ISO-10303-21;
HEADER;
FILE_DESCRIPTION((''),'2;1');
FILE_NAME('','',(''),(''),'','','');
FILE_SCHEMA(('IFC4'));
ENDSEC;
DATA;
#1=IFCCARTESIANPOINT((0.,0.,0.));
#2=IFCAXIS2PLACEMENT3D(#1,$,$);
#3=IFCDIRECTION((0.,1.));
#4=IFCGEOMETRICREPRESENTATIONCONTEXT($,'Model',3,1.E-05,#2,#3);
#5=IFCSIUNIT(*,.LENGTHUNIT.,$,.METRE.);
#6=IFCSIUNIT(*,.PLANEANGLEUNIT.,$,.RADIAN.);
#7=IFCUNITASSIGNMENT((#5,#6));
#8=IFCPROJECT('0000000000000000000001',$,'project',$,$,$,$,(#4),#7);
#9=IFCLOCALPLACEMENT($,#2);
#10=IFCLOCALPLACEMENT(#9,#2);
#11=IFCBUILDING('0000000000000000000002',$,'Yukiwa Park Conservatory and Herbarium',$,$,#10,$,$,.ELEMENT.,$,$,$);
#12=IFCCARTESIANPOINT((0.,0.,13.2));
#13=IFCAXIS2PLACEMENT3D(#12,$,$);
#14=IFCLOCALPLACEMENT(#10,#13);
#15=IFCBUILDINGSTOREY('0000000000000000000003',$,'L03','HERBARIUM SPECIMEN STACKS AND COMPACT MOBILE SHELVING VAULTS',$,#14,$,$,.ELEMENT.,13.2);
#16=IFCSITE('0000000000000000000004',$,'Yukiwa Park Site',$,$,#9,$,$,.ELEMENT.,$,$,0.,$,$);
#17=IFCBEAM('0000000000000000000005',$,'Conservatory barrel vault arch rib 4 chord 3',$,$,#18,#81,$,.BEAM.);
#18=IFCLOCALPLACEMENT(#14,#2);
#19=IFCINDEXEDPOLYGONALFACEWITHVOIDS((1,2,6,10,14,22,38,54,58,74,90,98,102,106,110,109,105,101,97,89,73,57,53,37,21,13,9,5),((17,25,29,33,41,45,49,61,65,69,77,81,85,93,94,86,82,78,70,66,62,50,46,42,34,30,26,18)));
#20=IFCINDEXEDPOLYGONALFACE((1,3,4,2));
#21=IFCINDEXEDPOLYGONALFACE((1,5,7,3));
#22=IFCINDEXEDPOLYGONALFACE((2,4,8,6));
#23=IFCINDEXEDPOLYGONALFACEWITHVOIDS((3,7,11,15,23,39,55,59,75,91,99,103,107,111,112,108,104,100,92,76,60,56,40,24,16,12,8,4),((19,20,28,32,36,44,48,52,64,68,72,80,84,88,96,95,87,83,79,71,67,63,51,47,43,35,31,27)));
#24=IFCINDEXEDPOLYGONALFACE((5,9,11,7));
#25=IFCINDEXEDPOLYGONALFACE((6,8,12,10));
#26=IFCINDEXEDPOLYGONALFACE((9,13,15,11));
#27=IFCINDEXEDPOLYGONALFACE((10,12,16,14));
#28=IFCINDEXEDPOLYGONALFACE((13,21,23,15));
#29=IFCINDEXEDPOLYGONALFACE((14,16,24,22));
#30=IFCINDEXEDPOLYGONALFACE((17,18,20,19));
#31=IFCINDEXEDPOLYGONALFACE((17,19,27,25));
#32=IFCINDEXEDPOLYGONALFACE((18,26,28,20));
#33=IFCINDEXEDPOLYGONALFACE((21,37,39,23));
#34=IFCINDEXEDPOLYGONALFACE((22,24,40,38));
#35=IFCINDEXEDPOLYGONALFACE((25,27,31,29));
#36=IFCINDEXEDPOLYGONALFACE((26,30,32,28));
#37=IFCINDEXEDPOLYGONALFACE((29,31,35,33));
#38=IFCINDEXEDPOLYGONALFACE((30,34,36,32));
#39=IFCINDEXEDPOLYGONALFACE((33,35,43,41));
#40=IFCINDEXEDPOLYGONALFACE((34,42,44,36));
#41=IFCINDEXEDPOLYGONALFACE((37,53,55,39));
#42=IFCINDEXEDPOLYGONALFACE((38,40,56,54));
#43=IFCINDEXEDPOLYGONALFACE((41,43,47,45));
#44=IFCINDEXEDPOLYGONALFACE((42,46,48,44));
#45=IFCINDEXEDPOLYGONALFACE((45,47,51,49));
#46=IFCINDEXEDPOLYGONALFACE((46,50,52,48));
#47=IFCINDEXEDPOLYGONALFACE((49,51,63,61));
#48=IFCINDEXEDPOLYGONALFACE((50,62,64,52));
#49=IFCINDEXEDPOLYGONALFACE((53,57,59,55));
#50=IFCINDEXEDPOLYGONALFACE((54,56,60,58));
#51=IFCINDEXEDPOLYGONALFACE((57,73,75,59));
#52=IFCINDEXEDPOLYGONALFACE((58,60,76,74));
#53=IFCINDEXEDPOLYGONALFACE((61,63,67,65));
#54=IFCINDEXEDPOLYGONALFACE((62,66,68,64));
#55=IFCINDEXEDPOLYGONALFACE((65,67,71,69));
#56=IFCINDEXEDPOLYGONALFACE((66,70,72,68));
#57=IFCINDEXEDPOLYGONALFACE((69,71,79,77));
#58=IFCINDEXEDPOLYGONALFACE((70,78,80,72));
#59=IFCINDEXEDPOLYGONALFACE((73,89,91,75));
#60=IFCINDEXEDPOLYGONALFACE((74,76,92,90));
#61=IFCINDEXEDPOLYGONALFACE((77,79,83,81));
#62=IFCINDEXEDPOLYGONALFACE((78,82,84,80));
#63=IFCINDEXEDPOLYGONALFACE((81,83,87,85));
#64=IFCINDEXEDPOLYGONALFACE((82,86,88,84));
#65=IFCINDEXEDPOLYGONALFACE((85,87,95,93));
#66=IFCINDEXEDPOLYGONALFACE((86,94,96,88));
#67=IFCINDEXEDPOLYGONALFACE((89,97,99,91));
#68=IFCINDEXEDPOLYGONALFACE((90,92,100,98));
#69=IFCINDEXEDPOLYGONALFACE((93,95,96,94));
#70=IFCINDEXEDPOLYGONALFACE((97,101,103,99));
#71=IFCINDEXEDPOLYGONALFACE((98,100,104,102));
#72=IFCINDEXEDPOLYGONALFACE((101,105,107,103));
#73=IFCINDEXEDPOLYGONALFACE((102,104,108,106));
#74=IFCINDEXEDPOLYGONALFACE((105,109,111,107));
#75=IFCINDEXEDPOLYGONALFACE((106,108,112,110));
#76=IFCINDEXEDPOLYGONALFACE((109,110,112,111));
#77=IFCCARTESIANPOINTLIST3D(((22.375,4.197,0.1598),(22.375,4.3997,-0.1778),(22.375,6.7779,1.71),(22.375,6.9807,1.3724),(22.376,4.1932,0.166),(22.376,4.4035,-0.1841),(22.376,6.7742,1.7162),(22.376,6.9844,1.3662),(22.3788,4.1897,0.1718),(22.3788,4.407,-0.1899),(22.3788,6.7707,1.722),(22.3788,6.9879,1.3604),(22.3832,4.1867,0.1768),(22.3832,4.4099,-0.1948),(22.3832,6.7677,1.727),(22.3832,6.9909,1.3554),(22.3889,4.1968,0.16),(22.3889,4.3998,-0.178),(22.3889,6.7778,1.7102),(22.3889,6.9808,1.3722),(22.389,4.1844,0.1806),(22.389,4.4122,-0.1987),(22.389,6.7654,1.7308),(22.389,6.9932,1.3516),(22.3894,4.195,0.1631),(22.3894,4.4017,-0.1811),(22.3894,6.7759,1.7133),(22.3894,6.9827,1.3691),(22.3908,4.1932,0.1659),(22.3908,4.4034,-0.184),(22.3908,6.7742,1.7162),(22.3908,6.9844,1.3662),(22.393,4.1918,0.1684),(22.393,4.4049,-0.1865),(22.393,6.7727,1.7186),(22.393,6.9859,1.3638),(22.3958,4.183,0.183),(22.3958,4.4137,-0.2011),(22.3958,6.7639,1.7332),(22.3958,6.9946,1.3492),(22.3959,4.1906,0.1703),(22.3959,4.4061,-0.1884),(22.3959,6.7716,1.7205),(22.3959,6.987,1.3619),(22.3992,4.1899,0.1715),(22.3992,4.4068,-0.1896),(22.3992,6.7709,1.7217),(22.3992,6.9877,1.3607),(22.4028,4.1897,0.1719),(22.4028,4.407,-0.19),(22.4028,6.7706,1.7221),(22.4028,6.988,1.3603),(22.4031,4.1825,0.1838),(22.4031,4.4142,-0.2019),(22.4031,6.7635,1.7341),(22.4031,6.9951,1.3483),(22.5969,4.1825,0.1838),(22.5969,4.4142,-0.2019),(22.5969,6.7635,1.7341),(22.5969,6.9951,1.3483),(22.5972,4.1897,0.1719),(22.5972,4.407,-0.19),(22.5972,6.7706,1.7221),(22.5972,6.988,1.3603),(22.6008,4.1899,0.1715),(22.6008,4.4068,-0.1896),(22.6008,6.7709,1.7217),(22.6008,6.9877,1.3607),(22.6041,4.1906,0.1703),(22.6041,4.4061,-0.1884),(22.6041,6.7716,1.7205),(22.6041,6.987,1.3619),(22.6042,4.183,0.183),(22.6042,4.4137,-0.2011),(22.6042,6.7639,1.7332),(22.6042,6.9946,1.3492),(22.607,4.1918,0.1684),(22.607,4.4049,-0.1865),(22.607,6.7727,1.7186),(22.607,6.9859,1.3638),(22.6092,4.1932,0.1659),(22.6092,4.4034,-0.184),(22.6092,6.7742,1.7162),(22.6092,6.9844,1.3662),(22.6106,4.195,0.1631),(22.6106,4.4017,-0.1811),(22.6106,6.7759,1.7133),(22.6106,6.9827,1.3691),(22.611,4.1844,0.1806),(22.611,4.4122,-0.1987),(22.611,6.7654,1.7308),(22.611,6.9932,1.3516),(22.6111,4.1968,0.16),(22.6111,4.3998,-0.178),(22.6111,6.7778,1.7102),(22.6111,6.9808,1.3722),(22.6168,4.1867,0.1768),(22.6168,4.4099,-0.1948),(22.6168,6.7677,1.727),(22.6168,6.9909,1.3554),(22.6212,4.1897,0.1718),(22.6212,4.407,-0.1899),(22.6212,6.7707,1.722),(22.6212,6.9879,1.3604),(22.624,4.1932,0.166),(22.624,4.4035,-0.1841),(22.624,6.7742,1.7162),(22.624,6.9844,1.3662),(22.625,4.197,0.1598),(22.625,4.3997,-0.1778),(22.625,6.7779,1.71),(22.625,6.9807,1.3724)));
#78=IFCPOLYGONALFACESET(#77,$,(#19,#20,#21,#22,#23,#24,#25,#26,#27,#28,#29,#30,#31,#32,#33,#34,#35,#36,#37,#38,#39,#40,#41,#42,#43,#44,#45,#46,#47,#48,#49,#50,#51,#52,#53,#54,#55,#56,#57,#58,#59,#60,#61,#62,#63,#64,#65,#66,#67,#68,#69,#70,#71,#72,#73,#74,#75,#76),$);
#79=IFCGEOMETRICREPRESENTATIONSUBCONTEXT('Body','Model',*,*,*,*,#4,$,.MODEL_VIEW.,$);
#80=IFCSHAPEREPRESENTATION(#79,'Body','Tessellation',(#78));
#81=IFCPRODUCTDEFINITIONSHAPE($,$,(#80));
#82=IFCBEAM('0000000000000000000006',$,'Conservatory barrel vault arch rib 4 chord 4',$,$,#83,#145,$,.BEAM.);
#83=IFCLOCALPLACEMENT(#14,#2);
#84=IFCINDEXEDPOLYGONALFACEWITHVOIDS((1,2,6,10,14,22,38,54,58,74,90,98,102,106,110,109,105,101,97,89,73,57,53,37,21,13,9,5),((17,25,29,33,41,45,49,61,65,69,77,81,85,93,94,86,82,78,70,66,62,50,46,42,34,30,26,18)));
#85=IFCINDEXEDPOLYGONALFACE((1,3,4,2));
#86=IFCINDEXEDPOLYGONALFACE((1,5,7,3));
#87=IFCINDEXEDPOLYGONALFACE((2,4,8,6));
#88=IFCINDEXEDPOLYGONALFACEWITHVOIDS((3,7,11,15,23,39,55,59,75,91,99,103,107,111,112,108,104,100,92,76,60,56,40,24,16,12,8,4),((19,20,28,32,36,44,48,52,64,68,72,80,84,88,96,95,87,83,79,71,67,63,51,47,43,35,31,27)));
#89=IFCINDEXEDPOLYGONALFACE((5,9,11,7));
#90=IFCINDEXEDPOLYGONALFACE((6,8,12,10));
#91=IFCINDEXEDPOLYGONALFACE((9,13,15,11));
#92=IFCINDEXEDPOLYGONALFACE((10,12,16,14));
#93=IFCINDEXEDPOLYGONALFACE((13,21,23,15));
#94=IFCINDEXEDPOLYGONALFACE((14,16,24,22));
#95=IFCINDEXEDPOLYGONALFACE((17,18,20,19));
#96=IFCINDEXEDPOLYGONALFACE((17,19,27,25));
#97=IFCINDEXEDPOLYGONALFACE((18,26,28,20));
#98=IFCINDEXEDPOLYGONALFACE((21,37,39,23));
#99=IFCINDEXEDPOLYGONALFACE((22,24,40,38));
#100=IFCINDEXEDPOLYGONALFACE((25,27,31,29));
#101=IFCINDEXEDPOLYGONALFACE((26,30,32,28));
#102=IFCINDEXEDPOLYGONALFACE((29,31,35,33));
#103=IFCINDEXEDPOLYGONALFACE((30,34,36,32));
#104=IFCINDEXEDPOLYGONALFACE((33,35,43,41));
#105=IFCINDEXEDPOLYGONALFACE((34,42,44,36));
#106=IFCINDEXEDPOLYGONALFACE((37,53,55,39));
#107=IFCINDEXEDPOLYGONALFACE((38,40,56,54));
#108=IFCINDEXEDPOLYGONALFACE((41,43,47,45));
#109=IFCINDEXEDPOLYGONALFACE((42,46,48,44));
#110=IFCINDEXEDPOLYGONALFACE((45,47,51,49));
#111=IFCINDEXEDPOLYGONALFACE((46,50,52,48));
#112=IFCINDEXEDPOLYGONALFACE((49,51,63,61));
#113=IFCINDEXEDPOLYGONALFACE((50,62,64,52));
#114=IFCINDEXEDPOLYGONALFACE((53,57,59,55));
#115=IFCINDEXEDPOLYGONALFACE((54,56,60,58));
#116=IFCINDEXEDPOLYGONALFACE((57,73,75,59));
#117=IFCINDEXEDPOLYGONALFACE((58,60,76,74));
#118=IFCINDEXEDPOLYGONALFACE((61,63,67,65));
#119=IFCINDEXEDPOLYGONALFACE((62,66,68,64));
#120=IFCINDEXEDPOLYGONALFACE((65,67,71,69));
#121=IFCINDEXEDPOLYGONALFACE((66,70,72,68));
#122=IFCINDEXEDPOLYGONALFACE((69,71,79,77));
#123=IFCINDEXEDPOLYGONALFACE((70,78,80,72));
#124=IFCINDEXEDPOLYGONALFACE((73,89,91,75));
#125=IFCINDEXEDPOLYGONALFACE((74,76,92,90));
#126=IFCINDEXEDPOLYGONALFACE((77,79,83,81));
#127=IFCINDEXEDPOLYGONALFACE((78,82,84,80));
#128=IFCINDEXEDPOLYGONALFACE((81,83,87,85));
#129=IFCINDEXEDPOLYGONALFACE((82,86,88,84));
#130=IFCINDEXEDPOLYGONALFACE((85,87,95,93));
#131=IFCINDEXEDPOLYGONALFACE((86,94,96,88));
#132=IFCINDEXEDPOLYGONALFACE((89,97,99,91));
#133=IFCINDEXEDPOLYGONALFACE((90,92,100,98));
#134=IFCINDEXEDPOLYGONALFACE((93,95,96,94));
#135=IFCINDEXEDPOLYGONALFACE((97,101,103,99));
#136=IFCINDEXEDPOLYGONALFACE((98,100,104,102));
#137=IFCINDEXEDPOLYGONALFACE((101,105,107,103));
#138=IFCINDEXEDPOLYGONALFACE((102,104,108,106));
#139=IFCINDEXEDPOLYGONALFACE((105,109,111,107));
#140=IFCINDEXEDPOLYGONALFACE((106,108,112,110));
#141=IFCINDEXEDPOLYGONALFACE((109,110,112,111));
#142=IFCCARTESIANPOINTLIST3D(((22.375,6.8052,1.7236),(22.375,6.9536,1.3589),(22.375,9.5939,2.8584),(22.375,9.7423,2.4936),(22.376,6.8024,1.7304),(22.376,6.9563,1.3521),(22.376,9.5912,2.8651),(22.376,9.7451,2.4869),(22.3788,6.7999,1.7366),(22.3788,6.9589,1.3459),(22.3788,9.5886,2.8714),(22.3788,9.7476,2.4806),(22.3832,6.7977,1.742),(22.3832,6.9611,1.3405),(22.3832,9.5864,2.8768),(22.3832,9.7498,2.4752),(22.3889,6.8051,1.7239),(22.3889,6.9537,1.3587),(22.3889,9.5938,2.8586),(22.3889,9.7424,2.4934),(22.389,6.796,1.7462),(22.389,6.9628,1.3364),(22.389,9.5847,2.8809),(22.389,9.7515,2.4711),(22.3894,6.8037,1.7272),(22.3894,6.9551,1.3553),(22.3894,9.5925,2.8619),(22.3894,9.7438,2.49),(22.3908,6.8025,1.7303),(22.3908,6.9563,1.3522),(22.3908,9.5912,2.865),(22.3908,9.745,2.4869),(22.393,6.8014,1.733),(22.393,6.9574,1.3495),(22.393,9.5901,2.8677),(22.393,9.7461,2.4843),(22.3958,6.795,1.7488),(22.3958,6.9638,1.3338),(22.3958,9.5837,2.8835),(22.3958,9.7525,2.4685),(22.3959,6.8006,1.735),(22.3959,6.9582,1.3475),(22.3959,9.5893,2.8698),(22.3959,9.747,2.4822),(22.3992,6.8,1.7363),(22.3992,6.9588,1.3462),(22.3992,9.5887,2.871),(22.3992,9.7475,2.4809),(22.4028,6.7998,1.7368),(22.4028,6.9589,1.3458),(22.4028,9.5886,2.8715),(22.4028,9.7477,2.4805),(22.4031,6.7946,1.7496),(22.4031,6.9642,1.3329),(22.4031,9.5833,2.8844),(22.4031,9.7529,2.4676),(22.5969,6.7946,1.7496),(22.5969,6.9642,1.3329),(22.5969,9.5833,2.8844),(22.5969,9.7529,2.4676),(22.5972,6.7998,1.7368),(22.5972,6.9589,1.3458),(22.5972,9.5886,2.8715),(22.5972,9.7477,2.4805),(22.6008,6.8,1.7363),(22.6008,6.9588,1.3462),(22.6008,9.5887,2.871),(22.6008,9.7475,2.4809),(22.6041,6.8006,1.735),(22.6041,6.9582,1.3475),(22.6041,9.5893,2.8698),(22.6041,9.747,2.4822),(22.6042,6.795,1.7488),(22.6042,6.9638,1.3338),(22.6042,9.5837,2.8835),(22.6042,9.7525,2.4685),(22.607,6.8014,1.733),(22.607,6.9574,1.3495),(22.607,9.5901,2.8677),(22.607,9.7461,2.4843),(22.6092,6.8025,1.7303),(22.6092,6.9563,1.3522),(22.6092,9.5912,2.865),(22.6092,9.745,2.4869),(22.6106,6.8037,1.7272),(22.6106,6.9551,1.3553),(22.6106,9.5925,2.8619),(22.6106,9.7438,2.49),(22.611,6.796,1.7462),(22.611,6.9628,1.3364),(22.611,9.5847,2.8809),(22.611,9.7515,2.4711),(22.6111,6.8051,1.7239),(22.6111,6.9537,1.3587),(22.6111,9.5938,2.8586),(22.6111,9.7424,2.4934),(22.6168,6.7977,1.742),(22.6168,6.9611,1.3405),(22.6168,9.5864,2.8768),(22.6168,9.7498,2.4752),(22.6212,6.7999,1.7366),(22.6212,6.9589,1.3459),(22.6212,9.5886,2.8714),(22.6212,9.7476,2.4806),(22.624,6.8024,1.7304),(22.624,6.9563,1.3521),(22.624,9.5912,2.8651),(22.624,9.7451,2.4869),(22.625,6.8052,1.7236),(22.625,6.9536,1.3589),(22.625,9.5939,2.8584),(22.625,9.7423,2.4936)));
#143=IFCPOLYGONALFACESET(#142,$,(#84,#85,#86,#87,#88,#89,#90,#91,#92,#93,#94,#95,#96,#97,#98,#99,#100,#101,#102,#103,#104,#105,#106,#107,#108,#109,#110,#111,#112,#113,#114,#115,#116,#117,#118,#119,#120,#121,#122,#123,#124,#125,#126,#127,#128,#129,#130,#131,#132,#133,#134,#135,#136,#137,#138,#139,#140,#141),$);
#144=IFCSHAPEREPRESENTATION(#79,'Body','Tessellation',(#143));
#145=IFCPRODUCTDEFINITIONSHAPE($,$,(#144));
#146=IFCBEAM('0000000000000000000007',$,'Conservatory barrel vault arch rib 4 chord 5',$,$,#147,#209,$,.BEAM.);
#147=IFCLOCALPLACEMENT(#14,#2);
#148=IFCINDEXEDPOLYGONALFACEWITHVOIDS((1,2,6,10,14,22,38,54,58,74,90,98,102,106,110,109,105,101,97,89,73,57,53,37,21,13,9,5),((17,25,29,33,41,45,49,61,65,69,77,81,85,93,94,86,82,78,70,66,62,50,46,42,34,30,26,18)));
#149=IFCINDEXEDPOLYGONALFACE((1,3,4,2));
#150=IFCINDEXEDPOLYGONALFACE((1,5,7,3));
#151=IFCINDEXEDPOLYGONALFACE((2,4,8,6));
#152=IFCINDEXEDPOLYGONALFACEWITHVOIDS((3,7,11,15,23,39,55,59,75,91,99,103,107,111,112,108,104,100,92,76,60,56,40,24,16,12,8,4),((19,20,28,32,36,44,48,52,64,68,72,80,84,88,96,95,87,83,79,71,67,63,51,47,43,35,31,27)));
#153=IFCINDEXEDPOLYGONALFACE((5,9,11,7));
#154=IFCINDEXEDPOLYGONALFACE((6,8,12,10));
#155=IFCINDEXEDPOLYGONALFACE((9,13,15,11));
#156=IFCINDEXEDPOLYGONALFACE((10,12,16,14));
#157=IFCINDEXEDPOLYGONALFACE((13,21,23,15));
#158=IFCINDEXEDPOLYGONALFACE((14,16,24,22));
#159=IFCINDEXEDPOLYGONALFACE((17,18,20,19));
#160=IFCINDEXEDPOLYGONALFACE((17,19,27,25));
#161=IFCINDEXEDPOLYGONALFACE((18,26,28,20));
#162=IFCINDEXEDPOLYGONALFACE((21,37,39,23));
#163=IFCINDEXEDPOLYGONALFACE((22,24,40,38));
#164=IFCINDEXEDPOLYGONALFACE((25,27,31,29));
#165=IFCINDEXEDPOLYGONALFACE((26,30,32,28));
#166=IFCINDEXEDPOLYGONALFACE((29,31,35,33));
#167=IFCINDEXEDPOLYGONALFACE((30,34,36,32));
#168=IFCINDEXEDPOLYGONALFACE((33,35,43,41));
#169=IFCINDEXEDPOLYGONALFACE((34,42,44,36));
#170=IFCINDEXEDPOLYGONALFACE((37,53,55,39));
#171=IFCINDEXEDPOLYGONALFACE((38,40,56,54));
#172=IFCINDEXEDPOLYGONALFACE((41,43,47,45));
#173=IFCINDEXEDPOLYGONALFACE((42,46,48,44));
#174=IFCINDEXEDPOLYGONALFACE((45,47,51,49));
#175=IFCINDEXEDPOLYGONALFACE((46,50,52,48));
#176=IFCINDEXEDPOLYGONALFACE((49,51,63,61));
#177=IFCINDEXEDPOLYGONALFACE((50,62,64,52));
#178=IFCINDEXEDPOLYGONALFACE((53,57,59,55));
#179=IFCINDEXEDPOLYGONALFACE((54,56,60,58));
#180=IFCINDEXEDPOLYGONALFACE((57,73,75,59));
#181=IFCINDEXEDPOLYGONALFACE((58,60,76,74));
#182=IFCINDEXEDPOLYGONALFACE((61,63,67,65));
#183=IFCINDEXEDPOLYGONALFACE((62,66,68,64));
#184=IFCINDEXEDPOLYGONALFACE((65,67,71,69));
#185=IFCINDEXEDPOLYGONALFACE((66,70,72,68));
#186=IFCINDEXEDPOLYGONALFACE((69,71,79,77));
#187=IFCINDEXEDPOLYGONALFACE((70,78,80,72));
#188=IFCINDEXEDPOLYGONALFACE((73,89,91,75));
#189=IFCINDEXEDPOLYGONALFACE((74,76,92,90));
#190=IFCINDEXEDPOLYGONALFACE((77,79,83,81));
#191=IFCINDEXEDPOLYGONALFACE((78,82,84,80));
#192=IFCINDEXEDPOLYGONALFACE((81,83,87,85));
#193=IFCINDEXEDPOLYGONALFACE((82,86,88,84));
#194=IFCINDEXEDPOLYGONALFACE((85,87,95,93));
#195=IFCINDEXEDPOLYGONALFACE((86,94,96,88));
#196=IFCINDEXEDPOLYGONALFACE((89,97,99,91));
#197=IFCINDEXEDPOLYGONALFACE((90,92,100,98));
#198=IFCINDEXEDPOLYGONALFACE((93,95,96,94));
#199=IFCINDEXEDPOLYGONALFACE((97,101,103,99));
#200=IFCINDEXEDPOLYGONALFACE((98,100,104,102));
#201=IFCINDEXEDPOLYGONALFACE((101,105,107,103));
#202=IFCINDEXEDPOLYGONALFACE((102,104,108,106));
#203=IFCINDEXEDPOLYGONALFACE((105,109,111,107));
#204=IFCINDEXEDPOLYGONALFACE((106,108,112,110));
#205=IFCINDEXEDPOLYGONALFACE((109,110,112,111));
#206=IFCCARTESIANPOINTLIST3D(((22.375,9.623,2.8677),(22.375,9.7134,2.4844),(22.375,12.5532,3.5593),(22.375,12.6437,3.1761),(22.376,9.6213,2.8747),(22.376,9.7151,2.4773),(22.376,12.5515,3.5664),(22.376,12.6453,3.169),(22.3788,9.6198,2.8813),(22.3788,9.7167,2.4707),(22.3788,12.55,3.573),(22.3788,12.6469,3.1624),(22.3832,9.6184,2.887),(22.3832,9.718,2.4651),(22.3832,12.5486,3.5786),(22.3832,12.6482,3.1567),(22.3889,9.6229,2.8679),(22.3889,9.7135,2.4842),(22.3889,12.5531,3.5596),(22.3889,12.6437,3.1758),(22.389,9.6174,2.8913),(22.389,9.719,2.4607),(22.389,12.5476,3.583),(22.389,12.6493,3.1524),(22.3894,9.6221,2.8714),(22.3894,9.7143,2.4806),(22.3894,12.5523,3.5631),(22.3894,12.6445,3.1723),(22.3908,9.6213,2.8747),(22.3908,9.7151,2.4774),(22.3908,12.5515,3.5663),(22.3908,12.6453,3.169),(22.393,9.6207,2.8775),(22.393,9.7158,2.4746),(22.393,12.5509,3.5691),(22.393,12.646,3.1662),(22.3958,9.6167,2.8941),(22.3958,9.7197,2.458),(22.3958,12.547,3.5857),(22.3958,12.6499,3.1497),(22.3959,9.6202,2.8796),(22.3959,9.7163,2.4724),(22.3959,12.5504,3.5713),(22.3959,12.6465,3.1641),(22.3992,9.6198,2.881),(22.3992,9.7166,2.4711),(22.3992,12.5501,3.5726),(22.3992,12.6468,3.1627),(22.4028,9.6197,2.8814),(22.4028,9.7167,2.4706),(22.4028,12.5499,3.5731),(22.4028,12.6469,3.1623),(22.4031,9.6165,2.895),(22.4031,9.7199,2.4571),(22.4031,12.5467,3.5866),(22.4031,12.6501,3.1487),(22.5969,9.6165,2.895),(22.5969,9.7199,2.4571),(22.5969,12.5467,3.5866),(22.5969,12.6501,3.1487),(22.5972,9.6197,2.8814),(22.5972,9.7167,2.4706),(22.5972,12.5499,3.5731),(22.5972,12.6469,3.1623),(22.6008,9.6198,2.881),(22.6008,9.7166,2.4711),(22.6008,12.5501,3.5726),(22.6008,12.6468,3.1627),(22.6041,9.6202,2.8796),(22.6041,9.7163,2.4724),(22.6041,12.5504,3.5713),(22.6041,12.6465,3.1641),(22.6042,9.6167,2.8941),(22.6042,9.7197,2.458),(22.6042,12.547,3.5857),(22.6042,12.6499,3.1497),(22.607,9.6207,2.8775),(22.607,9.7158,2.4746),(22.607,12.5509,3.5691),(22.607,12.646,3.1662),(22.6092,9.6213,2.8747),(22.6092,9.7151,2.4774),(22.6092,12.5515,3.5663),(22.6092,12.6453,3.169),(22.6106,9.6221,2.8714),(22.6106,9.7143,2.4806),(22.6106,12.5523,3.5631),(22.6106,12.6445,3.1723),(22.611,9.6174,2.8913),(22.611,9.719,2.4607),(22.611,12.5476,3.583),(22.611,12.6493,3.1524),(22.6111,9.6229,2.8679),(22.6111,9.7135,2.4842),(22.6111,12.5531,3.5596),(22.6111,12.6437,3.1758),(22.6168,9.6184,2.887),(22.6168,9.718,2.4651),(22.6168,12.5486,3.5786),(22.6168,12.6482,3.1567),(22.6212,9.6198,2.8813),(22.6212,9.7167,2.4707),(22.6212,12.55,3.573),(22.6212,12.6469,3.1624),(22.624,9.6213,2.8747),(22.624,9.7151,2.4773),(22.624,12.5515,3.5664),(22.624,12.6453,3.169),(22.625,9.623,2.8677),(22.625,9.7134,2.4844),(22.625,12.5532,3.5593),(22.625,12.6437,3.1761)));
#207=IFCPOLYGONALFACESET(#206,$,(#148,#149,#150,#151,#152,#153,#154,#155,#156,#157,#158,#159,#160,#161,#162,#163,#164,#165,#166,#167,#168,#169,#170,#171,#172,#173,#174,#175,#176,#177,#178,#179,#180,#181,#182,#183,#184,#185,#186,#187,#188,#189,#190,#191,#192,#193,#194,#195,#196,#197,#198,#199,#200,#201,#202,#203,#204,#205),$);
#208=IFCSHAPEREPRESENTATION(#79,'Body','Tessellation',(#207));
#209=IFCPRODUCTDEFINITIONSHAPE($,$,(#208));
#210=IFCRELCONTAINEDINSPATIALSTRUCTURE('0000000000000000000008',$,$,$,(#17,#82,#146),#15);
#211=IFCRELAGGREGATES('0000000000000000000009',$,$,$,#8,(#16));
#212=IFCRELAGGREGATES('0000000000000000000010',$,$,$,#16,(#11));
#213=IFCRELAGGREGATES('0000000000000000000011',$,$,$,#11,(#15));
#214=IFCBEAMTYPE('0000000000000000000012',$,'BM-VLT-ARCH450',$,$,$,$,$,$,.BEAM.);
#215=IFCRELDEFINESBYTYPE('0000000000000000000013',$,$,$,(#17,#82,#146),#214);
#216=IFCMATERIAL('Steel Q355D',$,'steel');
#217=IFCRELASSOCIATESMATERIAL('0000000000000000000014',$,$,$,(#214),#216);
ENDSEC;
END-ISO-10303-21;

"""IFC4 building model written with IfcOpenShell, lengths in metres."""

from ifc_helpers import new_model, si_unit, direction, frame, origin, origin_2d, place, context, subcontext, project, spatial, hollow_rectangle, extrude, material, material_profile, profile_set, type_object, element, save


model = new_model("IFC4")

# Units and contexts
model_context = context("Model", 3, precision=1e-05, world=origin(), true_north=direction((0.0, 1.0)))
body_context = subcontext(model_context, "Body", "Model", "MODEL_VIEW")
ifc_project = project(units=[si_unit("LENGTHUNIT", "METRE"), si_unit("PLANEANGLEUNIT", "RADIAN")], contexts=[model_context])

# Site, building, storey
site_placement = place(None, origin())
site = spatial("IfcSite", under=ifc_project, at=site_placement, Name="Yukiwa Park Site", CompositionType="ELEMENT", RefElevation=0.0)
building_placement = place(site_placement, origin())
building = spatial("IfcBuilding", under=site, at=building_placement, Name="Yukiwa Park Conservatory and Herbarium", CompositionType="ELEMENT")
storey_placement = place(building_placement, frame((0.0, 0.0, 13.2)))
storey = spatial("IfcBuildingStorey", under=building, at=storey_placement, Name="L03", Description="HERBARIUM SPECIMEN STACKS AND COMPACT MOBILE SHELVING VAULTS", CompositionType="ELEMENT", Elevation=13.2)

# Beams
ifc_material_1 = material(Name="Steel Q355D", Category="steel")
ifc_material_profile_1 = material_profile(ifc_material_1, hollow_rectangle(XDim=0.25, YDim=0.45, WallThickness=0.0139, InnerFilletRadius=0.0139, OuterFilletRadius=0.0281, at=origin_2d()), Name="RHS 450x250x14")
ifc_profile_set_1 = profile_set([ifc_material_profile_1], Name="Steel Q355D")
beam_type = type_object("IfcBeamType", Name="BM-VLT-ARCH450", PredefinedType="BEAM", material=ifc_profile_set_1)
for number, where, z_axis, x_axis, name in (
    (1, (22.5, 4.2983, -0.009), (0.0, 0.85725, 0.514901), (-1.0, 0.0, 0.0), "Conservatory barrel vault arch rib 4 chord 3"),
    (2, (22.5, 6.8794, 1.5413), (0.0, 0.926257, 0.376892), (-1.0, 0.0, 0.0), "Conservatory barrel vault arch rib 4 chord 4"),
    (3, (22.5, 9.6682, 2.676), (0.0, 0.973254, 0.229731), (-1.0, 0.0, 0.0), "Conservatory barrel vault arch rib 4 chord 5"),
):
    element("IfcBeam", number, at=place(storey_placement, frame(where, z_axis=z_axis, x_axis=x_axis)), inside=storey, type_object=beam_type, Name=name, PredefinedType="BEAM", context=body_context, shape_type="SweptSolid", body=[
        extrude(hollow_rectangle(XDim=0.25, YDim=0.45, WallThickness=0.0139, InnerFilletRadius=0.0139, OuterFilletRadius=0.0281, at=origin_2d()), origin(), (0.0, 0.0, 1.0), 3.0107),
    ])

save(model, "model.ifc")
